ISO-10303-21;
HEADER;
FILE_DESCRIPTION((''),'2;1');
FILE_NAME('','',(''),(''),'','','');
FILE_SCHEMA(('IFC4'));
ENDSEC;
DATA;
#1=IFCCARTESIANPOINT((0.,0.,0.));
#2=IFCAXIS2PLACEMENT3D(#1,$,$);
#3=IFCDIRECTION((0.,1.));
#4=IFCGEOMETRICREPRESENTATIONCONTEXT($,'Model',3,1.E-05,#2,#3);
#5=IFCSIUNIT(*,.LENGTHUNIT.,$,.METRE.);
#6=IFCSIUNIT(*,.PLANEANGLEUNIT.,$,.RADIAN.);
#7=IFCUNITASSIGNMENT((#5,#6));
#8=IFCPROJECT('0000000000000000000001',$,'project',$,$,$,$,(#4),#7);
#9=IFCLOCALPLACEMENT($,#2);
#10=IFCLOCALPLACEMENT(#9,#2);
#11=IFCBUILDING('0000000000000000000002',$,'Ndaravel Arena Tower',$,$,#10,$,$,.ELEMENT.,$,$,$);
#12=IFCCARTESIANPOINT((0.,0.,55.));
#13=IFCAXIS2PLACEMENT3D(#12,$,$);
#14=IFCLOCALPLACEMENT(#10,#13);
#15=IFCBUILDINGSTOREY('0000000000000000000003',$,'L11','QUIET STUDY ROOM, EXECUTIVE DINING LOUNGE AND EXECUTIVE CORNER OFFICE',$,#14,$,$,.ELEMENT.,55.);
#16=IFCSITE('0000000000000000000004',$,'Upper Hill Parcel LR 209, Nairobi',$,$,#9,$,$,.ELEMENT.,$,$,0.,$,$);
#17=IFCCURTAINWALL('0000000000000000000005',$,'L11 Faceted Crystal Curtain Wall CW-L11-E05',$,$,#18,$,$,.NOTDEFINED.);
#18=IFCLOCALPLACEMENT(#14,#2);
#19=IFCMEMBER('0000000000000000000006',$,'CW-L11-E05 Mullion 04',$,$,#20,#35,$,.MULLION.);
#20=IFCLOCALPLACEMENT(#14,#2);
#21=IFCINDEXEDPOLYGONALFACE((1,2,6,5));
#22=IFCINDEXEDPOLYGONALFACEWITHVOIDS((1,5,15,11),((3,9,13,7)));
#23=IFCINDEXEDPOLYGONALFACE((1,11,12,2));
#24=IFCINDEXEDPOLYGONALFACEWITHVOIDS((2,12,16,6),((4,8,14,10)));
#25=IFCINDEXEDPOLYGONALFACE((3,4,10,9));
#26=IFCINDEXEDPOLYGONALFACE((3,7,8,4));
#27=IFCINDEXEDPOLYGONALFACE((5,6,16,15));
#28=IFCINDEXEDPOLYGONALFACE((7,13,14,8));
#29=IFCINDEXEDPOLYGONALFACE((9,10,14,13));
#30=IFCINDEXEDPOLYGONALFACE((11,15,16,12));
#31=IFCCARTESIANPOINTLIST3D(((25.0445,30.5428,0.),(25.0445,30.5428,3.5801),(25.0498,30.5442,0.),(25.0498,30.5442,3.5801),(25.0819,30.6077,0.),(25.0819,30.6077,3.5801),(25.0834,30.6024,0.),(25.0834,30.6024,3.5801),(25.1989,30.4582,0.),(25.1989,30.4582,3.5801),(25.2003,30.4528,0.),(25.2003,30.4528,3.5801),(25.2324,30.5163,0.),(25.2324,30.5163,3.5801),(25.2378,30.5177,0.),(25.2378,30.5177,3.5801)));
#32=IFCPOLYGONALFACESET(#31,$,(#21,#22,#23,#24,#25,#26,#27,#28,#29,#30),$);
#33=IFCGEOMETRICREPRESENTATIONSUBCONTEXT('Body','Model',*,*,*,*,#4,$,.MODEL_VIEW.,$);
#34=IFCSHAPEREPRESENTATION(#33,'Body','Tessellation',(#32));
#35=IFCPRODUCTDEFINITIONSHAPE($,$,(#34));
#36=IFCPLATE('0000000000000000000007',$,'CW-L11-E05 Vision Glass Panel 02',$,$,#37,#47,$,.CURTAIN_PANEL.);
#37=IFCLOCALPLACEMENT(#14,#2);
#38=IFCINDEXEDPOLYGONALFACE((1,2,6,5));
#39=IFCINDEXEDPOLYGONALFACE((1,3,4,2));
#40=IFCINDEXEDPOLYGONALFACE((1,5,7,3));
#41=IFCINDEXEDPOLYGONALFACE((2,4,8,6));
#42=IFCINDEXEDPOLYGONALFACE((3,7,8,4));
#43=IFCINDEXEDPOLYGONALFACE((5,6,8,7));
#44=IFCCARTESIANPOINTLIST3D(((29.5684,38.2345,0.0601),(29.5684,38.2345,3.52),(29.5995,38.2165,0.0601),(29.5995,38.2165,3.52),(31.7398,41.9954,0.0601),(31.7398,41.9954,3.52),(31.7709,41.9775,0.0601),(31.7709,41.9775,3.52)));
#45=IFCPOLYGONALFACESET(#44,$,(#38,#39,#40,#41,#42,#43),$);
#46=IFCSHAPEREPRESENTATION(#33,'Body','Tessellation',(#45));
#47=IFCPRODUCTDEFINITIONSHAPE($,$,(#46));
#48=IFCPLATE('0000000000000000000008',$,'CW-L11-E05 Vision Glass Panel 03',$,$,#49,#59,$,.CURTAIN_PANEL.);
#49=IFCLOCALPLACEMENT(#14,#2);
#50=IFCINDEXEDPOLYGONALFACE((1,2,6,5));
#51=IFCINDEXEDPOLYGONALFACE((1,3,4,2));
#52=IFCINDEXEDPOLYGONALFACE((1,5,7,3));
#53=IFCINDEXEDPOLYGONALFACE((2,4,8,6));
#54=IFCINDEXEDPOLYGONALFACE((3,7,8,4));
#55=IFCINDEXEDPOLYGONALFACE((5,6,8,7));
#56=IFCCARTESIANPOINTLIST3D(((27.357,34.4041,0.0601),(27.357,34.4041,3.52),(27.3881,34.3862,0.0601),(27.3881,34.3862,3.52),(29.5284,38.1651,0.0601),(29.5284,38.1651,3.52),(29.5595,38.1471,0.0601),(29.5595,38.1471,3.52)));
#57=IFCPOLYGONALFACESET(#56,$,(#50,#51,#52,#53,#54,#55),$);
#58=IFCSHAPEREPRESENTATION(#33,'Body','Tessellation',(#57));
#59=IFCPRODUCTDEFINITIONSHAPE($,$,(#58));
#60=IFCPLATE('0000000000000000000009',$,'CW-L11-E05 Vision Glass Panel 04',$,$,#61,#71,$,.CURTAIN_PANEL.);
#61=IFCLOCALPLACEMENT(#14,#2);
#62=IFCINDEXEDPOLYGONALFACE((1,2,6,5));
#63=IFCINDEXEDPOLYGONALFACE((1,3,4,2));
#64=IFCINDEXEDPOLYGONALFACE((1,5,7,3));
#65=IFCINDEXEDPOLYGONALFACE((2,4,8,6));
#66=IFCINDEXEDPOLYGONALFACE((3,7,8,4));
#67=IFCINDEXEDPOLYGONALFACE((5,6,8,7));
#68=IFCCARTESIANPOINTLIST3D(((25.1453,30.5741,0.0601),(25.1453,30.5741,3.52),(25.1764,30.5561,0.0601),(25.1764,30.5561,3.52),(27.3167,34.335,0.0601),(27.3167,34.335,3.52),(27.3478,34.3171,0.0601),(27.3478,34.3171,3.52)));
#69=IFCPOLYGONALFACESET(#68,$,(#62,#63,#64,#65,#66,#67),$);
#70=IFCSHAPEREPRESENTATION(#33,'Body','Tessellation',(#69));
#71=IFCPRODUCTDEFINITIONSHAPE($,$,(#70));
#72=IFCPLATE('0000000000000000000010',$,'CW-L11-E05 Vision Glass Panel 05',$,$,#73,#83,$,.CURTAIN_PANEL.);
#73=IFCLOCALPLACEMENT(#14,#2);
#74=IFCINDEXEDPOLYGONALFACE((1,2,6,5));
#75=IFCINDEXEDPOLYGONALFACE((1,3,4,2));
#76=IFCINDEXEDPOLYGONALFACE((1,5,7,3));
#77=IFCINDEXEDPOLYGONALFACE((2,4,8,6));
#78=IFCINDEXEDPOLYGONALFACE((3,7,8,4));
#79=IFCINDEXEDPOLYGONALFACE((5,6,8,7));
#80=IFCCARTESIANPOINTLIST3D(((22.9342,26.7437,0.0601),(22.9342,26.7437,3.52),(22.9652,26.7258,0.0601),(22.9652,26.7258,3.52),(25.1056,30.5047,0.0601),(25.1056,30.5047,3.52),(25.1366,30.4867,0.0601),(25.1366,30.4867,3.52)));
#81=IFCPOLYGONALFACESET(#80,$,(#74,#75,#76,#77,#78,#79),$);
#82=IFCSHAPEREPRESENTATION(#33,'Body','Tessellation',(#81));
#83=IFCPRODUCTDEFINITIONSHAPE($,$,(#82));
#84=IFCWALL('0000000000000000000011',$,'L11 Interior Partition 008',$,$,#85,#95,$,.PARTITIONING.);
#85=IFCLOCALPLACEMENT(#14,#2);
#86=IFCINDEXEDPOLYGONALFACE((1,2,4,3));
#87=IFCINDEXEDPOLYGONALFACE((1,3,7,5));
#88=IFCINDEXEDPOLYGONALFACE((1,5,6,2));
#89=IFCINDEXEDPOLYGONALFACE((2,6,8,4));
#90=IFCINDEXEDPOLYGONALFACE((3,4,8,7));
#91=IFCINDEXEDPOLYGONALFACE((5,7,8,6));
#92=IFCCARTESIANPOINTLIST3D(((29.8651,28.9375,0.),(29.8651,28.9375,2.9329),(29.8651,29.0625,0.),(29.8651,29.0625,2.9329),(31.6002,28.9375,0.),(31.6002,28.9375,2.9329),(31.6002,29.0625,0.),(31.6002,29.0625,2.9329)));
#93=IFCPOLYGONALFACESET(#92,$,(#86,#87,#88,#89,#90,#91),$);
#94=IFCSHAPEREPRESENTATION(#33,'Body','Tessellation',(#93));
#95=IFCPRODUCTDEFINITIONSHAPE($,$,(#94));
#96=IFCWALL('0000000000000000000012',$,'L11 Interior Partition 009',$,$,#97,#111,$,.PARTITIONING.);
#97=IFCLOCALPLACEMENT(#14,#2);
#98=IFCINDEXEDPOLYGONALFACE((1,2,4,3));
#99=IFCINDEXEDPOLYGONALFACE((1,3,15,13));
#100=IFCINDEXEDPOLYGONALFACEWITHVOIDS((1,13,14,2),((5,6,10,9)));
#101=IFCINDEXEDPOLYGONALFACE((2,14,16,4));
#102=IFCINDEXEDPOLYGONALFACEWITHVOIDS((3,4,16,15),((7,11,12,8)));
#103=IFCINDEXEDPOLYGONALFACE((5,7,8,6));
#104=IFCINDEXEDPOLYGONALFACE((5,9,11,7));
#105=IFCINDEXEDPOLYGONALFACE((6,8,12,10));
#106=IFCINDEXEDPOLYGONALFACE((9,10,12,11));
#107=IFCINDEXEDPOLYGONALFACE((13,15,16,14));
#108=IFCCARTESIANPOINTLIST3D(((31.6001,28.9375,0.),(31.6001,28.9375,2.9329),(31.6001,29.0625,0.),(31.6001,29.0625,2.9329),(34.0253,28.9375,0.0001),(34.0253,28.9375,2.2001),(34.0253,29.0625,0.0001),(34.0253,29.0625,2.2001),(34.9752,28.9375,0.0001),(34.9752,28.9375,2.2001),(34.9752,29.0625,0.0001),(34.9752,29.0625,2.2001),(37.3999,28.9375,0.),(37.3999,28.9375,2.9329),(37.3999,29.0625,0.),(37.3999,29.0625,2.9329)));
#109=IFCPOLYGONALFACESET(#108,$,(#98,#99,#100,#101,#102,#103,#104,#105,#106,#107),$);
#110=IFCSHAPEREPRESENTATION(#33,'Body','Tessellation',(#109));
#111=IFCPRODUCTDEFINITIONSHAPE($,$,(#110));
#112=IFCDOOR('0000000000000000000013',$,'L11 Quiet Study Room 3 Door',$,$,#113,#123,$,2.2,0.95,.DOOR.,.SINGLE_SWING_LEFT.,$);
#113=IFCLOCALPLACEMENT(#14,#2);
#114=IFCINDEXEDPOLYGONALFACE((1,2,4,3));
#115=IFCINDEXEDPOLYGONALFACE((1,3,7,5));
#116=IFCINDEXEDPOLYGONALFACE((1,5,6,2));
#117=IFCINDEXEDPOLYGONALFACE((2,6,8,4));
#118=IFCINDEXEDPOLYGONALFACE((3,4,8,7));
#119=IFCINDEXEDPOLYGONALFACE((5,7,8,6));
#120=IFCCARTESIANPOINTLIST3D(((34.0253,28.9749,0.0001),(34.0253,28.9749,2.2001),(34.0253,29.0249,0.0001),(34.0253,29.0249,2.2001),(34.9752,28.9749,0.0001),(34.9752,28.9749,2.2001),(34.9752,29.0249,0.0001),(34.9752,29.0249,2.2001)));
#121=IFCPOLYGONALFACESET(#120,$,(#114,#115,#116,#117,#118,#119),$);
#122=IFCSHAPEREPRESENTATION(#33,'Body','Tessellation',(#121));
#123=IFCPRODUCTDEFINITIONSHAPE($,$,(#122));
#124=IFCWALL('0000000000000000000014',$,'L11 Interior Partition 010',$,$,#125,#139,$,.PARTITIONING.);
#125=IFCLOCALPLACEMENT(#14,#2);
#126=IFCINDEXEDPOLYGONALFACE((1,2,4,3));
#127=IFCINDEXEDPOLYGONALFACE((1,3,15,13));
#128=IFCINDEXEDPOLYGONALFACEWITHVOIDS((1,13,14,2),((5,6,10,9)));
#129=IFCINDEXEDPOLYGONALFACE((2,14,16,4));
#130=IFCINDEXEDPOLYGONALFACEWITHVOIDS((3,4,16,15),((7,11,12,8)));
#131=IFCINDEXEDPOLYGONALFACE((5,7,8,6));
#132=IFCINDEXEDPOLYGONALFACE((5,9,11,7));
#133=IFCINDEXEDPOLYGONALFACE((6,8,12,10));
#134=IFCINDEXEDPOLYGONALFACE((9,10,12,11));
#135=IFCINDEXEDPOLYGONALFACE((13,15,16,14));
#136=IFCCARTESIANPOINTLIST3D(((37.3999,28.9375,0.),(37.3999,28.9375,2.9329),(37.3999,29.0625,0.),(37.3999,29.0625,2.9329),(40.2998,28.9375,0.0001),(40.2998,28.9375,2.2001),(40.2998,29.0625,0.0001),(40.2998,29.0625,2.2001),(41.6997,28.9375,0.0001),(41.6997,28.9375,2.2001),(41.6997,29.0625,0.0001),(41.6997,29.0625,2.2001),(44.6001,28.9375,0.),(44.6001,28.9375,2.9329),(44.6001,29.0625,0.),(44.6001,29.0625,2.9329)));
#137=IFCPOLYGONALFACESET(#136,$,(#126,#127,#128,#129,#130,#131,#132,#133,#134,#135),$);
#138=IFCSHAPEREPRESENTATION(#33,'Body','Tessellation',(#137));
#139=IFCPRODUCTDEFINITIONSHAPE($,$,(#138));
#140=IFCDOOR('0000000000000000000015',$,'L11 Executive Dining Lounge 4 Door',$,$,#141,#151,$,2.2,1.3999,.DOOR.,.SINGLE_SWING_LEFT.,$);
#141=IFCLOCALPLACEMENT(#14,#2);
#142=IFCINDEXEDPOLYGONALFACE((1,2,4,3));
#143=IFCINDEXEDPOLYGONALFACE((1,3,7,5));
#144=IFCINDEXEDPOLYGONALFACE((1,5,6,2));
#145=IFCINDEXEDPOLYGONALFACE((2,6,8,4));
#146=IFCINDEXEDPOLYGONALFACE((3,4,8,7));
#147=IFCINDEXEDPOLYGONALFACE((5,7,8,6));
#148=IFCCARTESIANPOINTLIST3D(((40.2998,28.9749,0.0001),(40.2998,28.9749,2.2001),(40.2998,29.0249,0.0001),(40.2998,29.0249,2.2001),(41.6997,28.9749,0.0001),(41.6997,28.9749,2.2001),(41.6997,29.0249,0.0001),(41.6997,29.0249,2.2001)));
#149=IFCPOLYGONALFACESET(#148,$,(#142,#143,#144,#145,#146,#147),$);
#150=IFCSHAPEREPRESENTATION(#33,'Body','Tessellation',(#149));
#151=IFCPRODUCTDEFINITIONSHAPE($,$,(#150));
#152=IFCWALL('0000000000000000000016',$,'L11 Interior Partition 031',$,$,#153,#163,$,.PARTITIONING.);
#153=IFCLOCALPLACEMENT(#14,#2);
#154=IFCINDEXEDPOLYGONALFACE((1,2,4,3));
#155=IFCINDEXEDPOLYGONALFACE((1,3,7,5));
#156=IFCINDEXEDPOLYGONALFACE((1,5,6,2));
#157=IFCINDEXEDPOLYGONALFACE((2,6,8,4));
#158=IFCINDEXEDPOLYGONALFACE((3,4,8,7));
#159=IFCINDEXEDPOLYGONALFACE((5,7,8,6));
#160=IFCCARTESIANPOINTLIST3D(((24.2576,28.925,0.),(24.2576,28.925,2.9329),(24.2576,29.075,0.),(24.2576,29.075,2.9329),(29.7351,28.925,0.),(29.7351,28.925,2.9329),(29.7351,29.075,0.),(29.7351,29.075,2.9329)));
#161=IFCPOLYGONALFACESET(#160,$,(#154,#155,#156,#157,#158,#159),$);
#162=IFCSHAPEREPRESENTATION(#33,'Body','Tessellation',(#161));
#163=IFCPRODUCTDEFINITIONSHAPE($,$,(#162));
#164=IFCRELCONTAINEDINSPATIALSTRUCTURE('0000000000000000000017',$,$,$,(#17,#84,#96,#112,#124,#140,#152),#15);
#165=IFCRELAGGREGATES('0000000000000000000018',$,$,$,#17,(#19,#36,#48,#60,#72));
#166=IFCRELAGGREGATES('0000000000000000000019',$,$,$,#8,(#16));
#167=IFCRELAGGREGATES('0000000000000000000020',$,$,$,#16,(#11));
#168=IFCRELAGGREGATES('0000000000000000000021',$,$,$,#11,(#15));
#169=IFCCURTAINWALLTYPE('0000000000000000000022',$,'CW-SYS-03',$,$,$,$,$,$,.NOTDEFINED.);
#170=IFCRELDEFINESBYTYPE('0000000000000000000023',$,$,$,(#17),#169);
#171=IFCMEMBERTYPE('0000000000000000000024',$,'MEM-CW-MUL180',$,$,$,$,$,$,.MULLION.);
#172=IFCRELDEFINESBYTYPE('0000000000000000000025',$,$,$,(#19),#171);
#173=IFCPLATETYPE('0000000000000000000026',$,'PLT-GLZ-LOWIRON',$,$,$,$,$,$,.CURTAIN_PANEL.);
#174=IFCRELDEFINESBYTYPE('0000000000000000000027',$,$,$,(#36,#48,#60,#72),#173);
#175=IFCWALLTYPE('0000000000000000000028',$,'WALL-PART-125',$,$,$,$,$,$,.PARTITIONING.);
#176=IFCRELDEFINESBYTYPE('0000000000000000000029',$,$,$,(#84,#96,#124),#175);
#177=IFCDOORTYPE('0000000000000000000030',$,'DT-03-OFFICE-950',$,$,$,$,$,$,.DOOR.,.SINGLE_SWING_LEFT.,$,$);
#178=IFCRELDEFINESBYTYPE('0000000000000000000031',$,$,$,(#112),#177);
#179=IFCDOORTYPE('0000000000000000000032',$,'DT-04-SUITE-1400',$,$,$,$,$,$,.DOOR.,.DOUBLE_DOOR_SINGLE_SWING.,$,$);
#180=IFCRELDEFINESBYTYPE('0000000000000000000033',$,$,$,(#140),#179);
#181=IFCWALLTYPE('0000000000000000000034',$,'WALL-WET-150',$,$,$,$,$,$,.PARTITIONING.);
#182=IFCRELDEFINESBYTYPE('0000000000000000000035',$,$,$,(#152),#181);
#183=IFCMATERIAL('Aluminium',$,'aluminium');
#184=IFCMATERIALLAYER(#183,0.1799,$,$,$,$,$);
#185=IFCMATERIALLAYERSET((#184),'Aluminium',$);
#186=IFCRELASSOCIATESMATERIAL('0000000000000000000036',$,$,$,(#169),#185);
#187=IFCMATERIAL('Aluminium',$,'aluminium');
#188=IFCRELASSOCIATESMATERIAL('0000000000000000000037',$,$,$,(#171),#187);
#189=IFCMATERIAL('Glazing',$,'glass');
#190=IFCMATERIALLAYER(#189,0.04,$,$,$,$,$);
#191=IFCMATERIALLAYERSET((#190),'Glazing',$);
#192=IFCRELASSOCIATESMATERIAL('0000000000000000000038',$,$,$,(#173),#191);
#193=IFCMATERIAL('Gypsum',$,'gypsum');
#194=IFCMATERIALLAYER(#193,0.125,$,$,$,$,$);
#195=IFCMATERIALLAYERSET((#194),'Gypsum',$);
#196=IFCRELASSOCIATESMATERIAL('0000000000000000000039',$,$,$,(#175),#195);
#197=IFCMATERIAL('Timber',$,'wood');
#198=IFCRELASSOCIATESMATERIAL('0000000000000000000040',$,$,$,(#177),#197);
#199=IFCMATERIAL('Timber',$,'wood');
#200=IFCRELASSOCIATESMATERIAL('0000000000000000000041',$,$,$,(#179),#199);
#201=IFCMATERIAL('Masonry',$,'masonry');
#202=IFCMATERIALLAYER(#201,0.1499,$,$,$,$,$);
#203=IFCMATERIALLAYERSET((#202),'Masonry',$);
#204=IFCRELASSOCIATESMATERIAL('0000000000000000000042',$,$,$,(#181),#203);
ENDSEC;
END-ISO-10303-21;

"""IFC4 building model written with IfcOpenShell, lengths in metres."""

from ifc_helpers import new_model, si_unit, direction, frame, frame_2d, origin, origin_2d, place, context, subcontext, project, spatial, rectangle, hollow_rectangle, extrude, material, layer, layer_set, material_profile, profile_set, type_object, element, fill, aggregate, save


model = new_model("IFC4")

# Units and contexts
model_context = context("Model", 3, precision=1e-05, world=origin(), true_north=direction((0.0, 1.0)))
body_context = subcontext(model_context, "Body", "Model", "MODEL_VIEW")
ifc_project = project(units=[si_unit("LENGTHUNIT", "METRE"), si_unit("PLANEANGLEUNIT", "RADIAN")], contexts=[model_context])

# Site, building, storey
site_placement = place(None, origin())
site = spatial("IfcSite", under=ifc_project, at=site_placement, Name="Upper Hill Parcel LR 209, Nairobi", CompositionType="ELEMENT", RefElevation=0.0)
building_placement = place(site_placement, origin())
building = spatial("IfcBuilding", under=site, at=building_placement, Name="Ndaravel Arena Tower", CompositionType="ELEMENT")
storey_placement = place(building_placement, frame((0.0, 0.0, 55.0)))
storey = spatial("IfcBuildingStorey", under=building, at=storey_placement, Name="L11", Description="QUIET STUDY ROOM, EXECUTIVE DINING LOUNGE AND EXECUTIVE CORNER OFFICE", CompositionType="ELEMENT", Elevation=55.0)

# Curtain wall, member, plates
ifc_material_1 = material(Name="Aluminium", Category="aluminium")
ifc_layer_1 = layer(ifc_material_1, 0.1799)
ifc_layer_set_1 = layer_set([ifc_layer_1], Name="Aluminium")
curtain_wall_type = type_object("IfcCurtainWallType", Name="CW-SYS-03", PredefinedType="NOTDEFINED", material=ifc_layer_set_1)
curtain_wall_placement = place(storey_placement, origin())
curtain_wall = element("IfcCurtainWall", 1, at=curtain_wall_placement, inside=storey, type_object=curtain_wall_type, Name="L11 Faceted Crystal Curtain Wall CW-L11-E05", PredefinedType="NOTDEFINED")
ifc_material_2 = material(Name="Aluminium", Category="aluminium")
ifc_material_profile_1 = material_profile(ifc_material_2, hollow_rectangle(XDim=0.075, YDim=0.1799, WallThickness=0.0039, at=origin_2d()), Name="CW MULLION 75x180x4")
ifc_profile_set_1 = profile_set([ifc_material_profile_1], Name="Aluminium")
member_type = type_object("IfcMemberType", Name="MEM-CW-MUL180", PredefinedType="MULLION", material=ifc_profile_set_1)
member_1_placement = place(storey_placement, frame((25.1411, 30.5303, 0.0), z_axis=(0.0, 0.0, 1.0), x_axis=(-0.5, -0.866025, 0.0)))
member_1 = element("IfcMember", 2, at=member_1_placement, type_object=member_type, Name="CW-L11-E05 Mullion 04", PredefinedType="MULLION", context=body_context, shape_type="SweptSolid", body=[
    extrude(hollow_rectangle(XDim=0.075, YDim=0.1799, WallThickness=0.0039, at=origin_2d()), origin(), (0.0, 0.0, 1.0), 3.5801),
])
ifc_material_3 = material(Name="Glazing", Category="glass")
ifc_layer_2 = layer(ifc_material_3, 0.04)
ifc_layer_set_2 = layer_set([ifc_layer_2], Name="Glazing")
plate_type = type_object("IfcPlateType", Name="PLT-GLZ-LOWIRON", PredefinedType="CURTAIN_PANEL", material=ifc_layer_set_2)
plate_1_placement = place(storey_placement, frame((30.6697, 40.106, 0.0601), z_axis=(0.0, 0.0, 1.0), x_axis=(-0.5, -0.866025, 0.0)))
plate_1 = element("IfcPlate", 3, at=plate_1_placement, type_object=plate_type, Name="CW-L11-E05 Vision Glass Panel 02", PredefinedType="CURTAIN_PANEL", context=body_context, shape_type="SweptSolid", body=[
    extrude(rectangle(XDim=4.3428, YDim=0.0359, at=origin_2d()), origin(), (0.0, 0.0, 1.0), 3.46),
])
plate_2_placement = place(storey_placement, frame((28.4583, 36.2756, 0.0601), z_axis=(0.0, 0.0, 1.0), x_axis=(-0.5, -0.866025, 0.0)))
plate_2 = element("IfcPlate", 4, at=plate_2_placement, type_object=plate_type, Name="CW-L11-E05 Vision Glass Panel 03", PredefinedType="CURTAIN_PANEL", context=body_context, shape_type="SweptSolid", body=[
    extrude(rectangle(XDim=4.3428, YDim=0.0359, at=origin_2d()), origin(), (0.0, 0.0, 1.0), 3.46),
])
plate_3_placement = place(storey_placement, frame((26.2466, 32.4456, 0.0601), z_axis=(0.0, 0.0, 1.0), x_axis=(-0.5, -0.866025, 0.0)))
plate_3 = element("IfcPlate", 5, at=plate_3_placement, type_object=plate_type, Name="CW-L11-E05 Vision Glass Panel 04", PredefinedType="CURTAIN_PANEL", context=body_context, shape_type="SweptSolid", body=[
    extrude(rectangle(XDim=4.3428, YDim=0.0359, at=origin_2d()), origin(), (0.0, 0.0, 1.0), 3.46),
])
plate_4_placement = place(storey_placement, frame((24.0354, 28.6152, 0.0601), z_axis=(0.0, 0.0, 1.0), x_axis=(-0.5, -0.866025, 0.0)))
plate_4 = element("IfcPlate", 6, at=plate_4_placement, type_object=plate_type, Name="CW-L11-E05 Vision Glass Panel 05", PredefinedType="CURTAIN_PANEL", context=body_context, shape_type="SweptSolid", body=[
    extrude(rectangle(XDim=4.3428, YDim=0.0359, at=origin_2d()), origin(), (0.0, 0.0, 1.0), 3.46),
])
aggregate(curtain_wall, [member_1, plate_1, plate_2, plate_3, plate_4])

# Wall
ifc_material_4 = material(Name="Gypsum", Category="gypsum")
ifc_layer_3 = layer(ifc_material_4, 0.125)
ifc_layer_set_3 = layer_set([ifc_layer_3], Name="Gypsum")
wall_type_1 = type_object("IfcWallType", Name="WALL-PART-125", PredefinedType="PARTITIONING", material=ifc_layer_set_3)
wall_1_placement = place(storey_placement, frame((29.865, 29.0, 0.0), z_axis=(0.0, 0.0, 1.0), x_axis=(1.0, 0.0, 0.0)))
element("IfcWall", 7, at=wall_1_placement, inside=storey, type_object=wall_type_1, Name="L11 Interior Partition 008", PredefinedType="PARTITIONING", context=body_context, shape_type="SweptSolid", body=[
    extrude(rectangle(XDim=1.7351, YDim=0.125, at=frame_2d((0.8677, 0.0))), origin(), (0.0, 0.0, 1.0), 2.9329),
])

# Walls, openings, doors
wall_2_placement = place(storey_placement, frame((31.6001, 29.0, 0.0), z_axis=(0.0, 0.0, 1.0), x_axis=(1.0, 0.0, 0.0)))
wall_2 = element("IfcWall", 8, at=wall_2_placement, inside=storey, type_object=wall_type_1, Name="L11 Interior Partition 009", PredefinedType="PARTITIONING", context=body_context, shape_type="SweptSolid", body=[
    extrude(rectangle(XDim=5.7998, YDim=0.125, at=frame_2d((2.8999, 0.0))), origin(), (0.0, 0.0, 1.0), 2.9329),
])
opening_1_placement = place(wall_2_placement, frame((2.425, 0.0, 0.0)))
opening_1 = element("IfcOpeningElement", 9, at=opening_1_placement, cuts=wall_2, PredefinedType="OPENING", context=body_context, shape_type="SweptSolid", body=[
    extrude(rectangle(XDim=0.95, YDim=2.2, at=frame_2d((0.4751, 1.1001))), frame((0.0, 0.0625, 0.0), z_axis=(0.0, -1.0, 0.0), x_axis=(1.0, 0.0, 0.0)), (0.0, 0.0, 1.0), 0.125),
])
ifc_material_5 = material(Name="Timber", Category="wood")
door_type_1 = type_object("IfcDoorType", Name="DT-03-OFFICE-950", OperationType="SINGLE_SWING_LEFT", PredefinedType="DOOR", material=ifc_material_5)
door_1_placement = place(opening_1_placement, origin())
door_1 = element("IfcDoor", 10, at=door_1_placement, inside=storey, type_object=door_type_1, Name="L11 Quiet Study Room 3 Door", OperationType="SINGLE_SWING_LEFT", OverallHeight=2.2, OverallWidth=0.95, PredefinedType="DOOR", context=body_context, shape_type="SweptSolid", body=[
    extrude(rectangle(XDim=0.95, YDim=2.2, at=frame_2d((0.4751, 1.1001))), frame((0.0, 0.0249, 0.0), z_axis=(0.0, -1.0, 0.0), x_axis=(1.0, 0.0, 0.0)), (0.0, 0.0, 1.0), 0.05),
])
fill(opening_1, door_1)
wall_3_placement = place(storey_placement, frame((37.3999, 29.0, 0.0), z_axis=(0.0, 0.0, 1.0), x_axis=(1.0, 0.0, 0.0)))
wall_3 = element("IfcWall", 11, at=wall_3_placement, inside=storey, type_object=wall_type_1, Name="L11 Interior Partition 010", PredefinedType="PARTITIONING", context=body_context, shape_type="SweptSolid", body=[
    extrude(rectangle(XDim=7.2002, YDim=0.125, at=frame_2d((3.6001, 0.0))), origin(), (0.0, 0.0, 1.0), 2.9329),
])
opening_2_placement = place(wall_3_placement, frame((2.8999, 0.0, 0.0)))
opening_2 = element("IfcOpeningElement", 12, at=opening_2_placement, cuts=wall_3, PredefinedType="OPENING", context=body_context, shape_type="SweptSolid", body=[
    extrude(rectangle(XDim=1.3999, YDim=2.2, at=frame_2d((0.7, 1.1001))), frame((0.0, 0.0625, 0.0), z_axis=(0.0, -1.0, 0.0), x_axis=(1.0, 0.0, 0.0)), (0.0, 0.0, 1.0), 0.125),
])
ifc_material_6 = material(Name="Timber", Category="wood")
door_type_2 = type_object("IfcDoorType", Name="DT-04-SUITE-1400", OperationType="DOUBLE_DOOR_SINGLE_SWING", PredefinedType="DOOR", material=ifc_material_6)
door_2_placement = place(opening_2_placement, origin())
door_2 = element("IfcDoor", 13, at=door_2_placement, inside=storey, type_object=door_type_2, Name="L11 Executive Dining Lounge 4 Door", OperationType="SINGLE_SWING_LEFT", OverallHeight=2.2, OverallWidth=1.3999, PredefinedType="DOOR", context=body_context, shape_type="SweptSolid", body=[
    extrude(rectangle(XDim=1.3999, YDim=2.2, at=frame_2d((0.7, 1.1001))), frame((0.0, 0.0249, 0.0), z_axis=(0.0, -1.0, 0.0), x_axis=(1.0, 0.0, 0.0)), (0.0, 0.0, 1.0), 0.05),
])
fill(opening_2, door_2)
ifc_material_7 = material(Name="Masonry", Category="masonry")
ifc_layer_4 = layer(ifc_material_7, 0.1499)
ifc_layer_set_4 = layer_set([ifc_layer_4], Name="Masonry")
wall_type_2 = type_object("IfcWallType", Name="WALL-WET-150", PredefinedType="PARTITIONING", material=ifc_layer_set_4)

# Wall
wall_4_placement = place(storey_placement, frame((24.2576, 29.0, 0.0), z_axis=(0.0, 0.0, 1.0), x_axis=(1.0, 0.0, 0.0)))
element("IfcWall", 14, at=wall_4_placement, inside=storey, type_object=wall_type_2, Name="L11 Interior Partition 031", PredefinedType="PARTITIONING", context=body_context, shape_type="SweptSolid", body=[
    extrude(rectangle(XDim=5.4775, YDim=0.1499, at=frame_2d((2.7388, 0.0))), origin(), (0.0, 0.0, 1.0), 2.9329),
])

save(model, "model.ifc")
